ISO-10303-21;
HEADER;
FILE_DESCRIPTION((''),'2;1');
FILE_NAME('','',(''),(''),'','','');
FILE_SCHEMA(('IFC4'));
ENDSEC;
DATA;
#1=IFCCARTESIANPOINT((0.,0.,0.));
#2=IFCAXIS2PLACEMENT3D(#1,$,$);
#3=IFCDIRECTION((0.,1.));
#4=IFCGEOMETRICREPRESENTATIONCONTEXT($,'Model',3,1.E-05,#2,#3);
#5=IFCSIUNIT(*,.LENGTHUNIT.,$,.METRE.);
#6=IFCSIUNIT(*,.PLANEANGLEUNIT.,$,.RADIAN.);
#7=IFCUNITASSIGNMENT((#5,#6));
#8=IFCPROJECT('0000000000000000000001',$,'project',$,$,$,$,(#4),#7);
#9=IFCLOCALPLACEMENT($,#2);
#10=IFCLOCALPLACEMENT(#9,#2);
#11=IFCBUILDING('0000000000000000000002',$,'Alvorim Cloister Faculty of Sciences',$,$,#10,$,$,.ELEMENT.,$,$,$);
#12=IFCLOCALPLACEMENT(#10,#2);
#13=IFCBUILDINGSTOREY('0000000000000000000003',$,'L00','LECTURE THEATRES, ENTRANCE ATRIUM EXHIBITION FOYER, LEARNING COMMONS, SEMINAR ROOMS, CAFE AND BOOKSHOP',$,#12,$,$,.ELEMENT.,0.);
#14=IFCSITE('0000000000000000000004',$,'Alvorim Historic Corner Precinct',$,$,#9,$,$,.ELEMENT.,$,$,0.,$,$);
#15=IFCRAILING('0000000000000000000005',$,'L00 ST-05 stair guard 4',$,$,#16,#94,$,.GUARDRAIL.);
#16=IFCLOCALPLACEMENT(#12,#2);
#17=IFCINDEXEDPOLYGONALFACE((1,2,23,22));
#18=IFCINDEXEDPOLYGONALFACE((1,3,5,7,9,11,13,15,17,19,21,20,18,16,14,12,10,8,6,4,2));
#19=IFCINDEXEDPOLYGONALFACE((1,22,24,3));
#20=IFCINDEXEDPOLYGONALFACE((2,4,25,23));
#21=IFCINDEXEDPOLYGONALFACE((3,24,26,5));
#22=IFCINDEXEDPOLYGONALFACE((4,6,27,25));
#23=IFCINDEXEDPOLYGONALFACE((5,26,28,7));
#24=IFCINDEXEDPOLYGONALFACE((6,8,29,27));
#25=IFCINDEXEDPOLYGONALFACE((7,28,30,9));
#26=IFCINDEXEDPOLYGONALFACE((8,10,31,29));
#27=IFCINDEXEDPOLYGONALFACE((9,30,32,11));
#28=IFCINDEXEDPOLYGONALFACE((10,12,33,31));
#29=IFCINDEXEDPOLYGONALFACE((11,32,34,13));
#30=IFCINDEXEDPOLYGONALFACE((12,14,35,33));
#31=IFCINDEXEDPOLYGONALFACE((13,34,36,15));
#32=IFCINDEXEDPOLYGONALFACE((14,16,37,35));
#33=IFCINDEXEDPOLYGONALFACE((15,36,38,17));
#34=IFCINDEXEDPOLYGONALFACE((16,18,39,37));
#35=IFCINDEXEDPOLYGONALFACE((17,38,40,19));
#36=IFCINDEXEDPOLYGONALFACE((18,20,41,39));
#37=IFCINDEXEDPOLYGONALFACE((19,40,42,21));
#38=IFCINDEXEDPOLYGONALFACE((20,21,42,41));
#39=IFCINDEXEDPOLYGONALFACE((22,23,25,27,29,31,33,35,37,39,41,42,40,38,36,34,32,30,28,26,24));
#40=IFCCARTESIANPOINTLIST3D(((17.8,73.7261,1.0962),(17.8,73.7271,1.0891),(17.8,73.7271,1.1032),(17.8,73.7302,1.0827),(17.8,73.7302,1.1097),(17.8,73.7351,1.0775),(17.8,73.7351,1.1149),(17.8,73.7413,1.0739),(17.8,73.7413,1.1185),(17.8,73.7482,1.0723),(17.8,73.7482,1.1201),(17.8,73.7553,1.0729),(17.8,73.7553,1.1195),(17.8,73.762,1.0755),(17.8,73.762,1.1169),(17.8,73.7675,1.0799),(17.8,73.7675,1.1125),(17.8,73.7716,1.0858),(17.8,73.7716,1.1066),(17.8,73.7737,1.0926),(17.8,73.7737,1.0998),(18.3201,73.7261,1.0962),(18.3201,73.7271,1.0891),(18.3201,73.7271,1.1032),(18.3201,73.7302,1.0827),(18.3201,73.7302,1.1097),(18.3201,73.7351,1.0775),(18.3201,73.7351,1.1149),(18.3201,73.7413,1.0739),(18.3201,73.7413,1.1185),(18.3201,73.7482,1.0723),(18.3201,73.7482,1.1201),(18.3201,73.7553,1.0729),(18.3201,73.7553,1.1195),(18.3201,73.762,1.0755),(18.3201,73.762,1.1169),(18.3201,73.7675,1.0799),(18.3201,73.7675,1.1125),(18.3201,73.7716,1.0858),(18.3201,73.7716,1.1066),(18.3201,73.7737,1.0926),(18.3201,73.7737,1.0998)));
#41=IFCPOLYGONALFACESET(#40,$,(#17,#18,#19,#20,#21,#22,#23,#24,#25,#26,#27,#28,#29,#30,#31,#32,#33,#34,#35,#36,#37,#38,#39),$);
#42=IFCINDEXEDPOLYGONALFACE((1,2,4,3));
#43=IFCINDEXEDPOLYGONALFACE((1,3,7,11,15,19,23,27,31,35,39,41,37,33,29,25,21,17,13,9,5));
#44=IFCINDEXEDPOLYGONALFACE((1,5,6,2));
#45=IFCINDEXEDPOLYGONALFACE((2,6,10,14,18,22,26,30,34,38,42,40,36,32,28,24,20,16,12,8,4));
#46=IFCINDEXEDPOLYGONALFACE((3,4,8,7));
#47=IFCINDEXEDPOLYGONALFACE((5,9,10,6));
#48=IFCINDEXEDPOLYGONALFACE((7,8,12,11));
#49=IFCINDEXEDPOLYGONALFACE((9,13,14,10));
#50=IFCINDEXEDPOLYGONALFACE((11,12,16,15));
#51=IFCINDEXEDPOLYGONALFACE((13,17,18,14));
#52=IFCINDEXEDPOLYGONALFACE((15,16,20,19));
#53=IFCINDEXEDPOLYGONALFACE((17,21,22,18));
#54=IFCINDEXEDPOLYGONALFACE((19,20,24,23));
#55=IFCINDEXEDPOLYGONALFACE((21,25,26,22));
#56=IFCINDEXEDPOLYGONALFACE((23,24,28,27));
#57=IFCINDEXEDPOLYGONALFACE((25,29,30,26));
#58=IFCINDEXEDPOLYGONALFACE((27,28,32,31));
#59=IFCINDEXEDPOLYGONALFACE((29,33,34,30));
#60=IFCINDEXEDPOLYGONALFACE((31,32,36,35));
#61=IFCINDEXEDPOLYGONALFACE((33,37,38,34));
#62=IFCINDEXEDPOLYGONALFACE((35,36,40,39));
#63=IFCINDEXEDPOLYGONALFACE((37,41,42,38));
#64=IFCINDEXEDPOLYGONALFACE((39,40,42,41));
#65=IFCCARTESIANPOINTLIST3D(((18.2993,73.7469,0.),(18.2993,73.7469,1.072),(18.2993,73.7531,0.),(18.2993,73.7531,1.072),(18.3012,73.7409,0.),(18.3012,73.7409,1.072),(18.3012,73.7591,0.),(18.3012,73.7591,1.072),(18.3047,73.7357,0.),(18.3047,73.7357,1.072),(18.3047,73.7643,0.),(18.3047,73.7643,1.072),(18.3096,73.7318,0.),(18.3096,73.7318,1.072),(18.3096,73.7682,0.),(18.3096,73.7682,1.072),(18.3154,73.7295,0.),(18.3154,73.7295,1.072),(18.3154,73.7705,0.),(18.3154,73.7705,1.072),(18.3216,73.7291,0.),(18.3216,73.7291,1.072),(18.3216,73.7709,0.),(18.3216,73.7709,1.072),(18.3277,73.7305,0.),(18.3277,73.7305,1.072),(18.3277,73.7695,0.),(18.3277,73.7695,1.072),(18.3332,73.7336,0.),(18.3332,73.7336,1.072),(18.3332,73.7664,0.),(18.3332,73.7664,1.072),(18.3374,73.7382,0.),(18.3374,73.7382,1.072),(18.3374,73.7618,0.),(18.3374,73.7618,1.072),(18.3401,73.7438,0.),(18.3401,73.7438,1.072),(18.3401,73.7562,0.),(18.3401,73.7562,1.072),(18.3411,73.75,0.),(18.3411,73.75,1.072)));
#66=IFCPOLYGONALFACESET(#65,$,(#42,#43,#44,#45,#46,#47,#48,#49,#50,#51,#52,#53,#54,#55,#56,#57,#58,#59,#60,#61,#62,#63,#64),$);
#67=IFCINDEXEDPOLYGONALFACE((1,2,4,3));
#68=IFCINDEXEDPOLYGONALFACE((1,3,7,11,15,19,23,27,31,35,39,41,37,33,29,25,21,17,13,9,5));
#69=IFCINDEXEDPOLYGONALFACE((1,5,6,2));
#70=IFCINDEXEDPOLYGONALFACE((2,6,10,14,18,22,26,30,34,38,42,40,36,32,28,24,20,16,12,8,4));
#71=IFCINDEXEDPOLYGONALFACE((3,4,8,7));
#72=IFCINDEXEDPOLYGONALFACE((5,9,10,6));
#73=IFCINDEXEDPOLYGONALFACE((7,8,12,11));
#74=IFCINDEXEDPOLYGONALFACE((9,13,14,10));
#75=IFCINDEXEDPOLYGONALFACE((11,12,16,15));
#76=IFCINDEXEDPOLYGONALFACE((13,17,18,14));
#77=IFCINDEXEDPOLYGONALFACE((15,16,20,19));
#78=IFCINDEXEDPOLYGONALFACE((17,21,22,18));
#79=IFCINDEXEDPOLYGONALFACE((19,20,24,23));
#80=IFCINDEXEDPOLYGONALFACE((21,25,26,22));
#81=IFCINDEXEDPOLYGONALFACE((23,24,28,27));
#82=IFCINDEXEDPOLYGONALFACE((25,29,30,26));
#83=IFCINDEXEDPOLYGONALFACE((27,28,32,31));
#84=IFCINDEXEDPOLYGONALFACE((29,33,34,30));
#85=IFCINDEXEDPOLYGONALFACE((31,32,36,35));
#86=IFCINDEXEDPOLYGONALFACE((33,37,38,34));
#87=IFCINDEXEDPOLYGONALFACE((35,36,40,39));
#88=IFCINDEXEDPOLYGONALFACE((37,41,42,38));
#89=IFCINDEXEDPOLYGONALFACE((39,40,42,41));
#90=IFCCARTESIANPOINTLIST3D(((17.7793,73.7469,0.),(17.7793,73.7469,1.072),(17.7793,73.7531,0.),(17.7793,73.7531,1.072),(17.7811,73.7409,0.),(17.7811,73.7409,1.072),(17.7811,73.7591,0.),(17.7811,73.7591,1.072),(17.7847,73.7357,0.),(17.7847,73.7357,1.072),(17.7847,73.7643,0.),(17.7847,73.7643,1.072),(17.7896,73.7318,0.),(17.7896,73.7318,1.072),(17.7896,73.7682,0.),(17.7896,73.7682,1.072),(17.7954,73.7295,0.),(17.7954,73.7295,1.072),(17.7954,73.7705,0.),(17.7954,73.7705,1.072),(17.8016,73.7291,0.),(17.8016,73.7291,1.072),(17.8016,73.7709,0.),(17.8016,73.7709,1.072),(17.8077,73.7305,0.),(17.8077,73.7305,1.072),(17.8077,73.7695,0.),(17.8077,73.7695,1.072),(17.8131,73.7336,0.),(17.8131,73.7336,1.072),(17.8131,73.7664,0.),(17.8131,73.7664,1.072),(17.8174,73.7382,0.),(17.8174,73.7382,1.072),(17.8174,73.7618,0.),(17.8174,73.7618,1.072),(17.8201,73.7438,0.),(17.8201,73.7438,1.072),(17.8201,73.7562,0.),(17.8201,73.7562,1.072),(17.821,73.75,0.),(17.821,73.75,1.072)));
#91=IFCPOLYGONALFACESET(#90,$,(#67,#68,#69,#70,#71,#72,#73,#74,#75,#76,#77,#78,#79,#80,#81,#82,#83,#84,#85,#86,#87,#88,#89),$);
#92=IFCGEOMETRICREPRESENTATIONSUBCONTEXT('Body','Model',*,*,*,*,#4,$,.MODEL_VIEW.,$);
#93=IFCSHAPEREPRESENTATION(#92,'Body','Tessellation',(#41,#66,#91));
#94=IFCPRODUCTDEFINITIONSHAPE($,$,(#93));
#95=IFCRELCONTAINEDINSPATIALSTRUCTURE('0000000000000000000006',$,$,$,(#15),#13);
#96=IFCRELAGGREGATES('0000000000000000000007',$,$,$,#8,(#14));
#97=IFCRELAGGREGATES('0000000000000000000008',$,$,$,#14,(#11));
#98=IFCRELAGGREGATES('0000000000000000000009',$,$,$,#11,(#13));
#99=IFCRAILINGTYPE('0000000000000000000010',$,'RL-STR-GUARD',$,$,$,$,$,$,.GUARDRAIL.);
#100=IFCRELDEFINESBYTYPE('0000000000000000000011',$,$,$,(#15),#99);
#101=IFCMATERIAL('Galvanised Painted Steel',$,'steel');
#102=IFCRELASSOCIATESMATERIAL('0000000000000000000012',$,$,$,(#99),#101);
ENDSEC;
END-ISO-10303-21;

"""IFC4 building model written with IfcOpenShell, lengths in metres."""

from ifc_helpers import new_model, si_unit, direction, frame, origin, origin_2d, place, context, subcontext, project, spatial, circle, extrude, material, type_object, element, save


model = new_model("IFC4")

# Units and contexts
model_context = context("Model", 3, precision=1e-05, world=origin(), true_north=direction((0.0, 1.0)))
body_context = subcontext(model_context, "Body", "Model", "MODEL_VIEW")
ifc_project = project(units=[si_unit("LENGTHUNIT", "METRE"), si_unit("PLANEANGLEUNIT", "RADIAN")], contexts=[model_context])

# Site, building, storey
site_placement = place(None, origin())
site = spatial("IfcSite", under=ifc_project, at=site_placement, Name="Alvorim Historic Corner Precinct", CompositionType="ELEMENT", RefElevation=0.0)
building_placement = place(site_placement, origin())
building = spatial("IfcBuilding", under=site, at=building_placement, Name="Alvorim Cloister Faculty of Sciences", CompositionType="ELEMENT")
storey_placement = place(building_placement, origin())
storey = spatial("IfcBuildingStorey", under=building, at=storey_placement, Name="L00", Description="LECTURE THEATRES, ENTRANCE ATRIUM EXHIBITION FOYER, LEARNING COMMONS, SEMINAR ROOMS, CAFE AND BOOKSHOP", CompositionType="ELEMENT", Elevation=0.0)

# Railing
ifc_material_1 = material(Name="Galvanised Painted Steel", Category="steel")
railing_type_1 = type_object("IfcRailingType", Name="RL-STR-GUARD", PredefinedType="GUARDRAIL", material=ifc_material_1)
railing_1_placement = place(storey_placement, frame((18.3201, 73.75, 0.0)))
element("IfcRailing", 1, at=railing_1_placement, inside=storey, type_object=railing_type_1, Name="L00 ST-05 stair guard 4", PredefinedType="GUARDRAIL", context=body_context, shape_type="SweptSolid", body=[
    extrude(circle(Radius=0.0239, at=origin_2d()), frame((0.0, 0.0, 1.0962), z_axis=(-1.0, 0.0, 0.0), x_axis=(0.0, -1.0, 0.0)), (0.0, 0.0, 1.0), 0.52),
    extrude(circle(Radius=0.021, at=origin_2d()), origin(), (0.0, 0.0, 1.0), 1.072),
    extrude(circle(Radius=0.021, at=origin_2d()), frame((-0.52, 0.0, 0.0)), (0.0, 0.0, 1.0), 1.072),
])

save(model, "model.ifc")
